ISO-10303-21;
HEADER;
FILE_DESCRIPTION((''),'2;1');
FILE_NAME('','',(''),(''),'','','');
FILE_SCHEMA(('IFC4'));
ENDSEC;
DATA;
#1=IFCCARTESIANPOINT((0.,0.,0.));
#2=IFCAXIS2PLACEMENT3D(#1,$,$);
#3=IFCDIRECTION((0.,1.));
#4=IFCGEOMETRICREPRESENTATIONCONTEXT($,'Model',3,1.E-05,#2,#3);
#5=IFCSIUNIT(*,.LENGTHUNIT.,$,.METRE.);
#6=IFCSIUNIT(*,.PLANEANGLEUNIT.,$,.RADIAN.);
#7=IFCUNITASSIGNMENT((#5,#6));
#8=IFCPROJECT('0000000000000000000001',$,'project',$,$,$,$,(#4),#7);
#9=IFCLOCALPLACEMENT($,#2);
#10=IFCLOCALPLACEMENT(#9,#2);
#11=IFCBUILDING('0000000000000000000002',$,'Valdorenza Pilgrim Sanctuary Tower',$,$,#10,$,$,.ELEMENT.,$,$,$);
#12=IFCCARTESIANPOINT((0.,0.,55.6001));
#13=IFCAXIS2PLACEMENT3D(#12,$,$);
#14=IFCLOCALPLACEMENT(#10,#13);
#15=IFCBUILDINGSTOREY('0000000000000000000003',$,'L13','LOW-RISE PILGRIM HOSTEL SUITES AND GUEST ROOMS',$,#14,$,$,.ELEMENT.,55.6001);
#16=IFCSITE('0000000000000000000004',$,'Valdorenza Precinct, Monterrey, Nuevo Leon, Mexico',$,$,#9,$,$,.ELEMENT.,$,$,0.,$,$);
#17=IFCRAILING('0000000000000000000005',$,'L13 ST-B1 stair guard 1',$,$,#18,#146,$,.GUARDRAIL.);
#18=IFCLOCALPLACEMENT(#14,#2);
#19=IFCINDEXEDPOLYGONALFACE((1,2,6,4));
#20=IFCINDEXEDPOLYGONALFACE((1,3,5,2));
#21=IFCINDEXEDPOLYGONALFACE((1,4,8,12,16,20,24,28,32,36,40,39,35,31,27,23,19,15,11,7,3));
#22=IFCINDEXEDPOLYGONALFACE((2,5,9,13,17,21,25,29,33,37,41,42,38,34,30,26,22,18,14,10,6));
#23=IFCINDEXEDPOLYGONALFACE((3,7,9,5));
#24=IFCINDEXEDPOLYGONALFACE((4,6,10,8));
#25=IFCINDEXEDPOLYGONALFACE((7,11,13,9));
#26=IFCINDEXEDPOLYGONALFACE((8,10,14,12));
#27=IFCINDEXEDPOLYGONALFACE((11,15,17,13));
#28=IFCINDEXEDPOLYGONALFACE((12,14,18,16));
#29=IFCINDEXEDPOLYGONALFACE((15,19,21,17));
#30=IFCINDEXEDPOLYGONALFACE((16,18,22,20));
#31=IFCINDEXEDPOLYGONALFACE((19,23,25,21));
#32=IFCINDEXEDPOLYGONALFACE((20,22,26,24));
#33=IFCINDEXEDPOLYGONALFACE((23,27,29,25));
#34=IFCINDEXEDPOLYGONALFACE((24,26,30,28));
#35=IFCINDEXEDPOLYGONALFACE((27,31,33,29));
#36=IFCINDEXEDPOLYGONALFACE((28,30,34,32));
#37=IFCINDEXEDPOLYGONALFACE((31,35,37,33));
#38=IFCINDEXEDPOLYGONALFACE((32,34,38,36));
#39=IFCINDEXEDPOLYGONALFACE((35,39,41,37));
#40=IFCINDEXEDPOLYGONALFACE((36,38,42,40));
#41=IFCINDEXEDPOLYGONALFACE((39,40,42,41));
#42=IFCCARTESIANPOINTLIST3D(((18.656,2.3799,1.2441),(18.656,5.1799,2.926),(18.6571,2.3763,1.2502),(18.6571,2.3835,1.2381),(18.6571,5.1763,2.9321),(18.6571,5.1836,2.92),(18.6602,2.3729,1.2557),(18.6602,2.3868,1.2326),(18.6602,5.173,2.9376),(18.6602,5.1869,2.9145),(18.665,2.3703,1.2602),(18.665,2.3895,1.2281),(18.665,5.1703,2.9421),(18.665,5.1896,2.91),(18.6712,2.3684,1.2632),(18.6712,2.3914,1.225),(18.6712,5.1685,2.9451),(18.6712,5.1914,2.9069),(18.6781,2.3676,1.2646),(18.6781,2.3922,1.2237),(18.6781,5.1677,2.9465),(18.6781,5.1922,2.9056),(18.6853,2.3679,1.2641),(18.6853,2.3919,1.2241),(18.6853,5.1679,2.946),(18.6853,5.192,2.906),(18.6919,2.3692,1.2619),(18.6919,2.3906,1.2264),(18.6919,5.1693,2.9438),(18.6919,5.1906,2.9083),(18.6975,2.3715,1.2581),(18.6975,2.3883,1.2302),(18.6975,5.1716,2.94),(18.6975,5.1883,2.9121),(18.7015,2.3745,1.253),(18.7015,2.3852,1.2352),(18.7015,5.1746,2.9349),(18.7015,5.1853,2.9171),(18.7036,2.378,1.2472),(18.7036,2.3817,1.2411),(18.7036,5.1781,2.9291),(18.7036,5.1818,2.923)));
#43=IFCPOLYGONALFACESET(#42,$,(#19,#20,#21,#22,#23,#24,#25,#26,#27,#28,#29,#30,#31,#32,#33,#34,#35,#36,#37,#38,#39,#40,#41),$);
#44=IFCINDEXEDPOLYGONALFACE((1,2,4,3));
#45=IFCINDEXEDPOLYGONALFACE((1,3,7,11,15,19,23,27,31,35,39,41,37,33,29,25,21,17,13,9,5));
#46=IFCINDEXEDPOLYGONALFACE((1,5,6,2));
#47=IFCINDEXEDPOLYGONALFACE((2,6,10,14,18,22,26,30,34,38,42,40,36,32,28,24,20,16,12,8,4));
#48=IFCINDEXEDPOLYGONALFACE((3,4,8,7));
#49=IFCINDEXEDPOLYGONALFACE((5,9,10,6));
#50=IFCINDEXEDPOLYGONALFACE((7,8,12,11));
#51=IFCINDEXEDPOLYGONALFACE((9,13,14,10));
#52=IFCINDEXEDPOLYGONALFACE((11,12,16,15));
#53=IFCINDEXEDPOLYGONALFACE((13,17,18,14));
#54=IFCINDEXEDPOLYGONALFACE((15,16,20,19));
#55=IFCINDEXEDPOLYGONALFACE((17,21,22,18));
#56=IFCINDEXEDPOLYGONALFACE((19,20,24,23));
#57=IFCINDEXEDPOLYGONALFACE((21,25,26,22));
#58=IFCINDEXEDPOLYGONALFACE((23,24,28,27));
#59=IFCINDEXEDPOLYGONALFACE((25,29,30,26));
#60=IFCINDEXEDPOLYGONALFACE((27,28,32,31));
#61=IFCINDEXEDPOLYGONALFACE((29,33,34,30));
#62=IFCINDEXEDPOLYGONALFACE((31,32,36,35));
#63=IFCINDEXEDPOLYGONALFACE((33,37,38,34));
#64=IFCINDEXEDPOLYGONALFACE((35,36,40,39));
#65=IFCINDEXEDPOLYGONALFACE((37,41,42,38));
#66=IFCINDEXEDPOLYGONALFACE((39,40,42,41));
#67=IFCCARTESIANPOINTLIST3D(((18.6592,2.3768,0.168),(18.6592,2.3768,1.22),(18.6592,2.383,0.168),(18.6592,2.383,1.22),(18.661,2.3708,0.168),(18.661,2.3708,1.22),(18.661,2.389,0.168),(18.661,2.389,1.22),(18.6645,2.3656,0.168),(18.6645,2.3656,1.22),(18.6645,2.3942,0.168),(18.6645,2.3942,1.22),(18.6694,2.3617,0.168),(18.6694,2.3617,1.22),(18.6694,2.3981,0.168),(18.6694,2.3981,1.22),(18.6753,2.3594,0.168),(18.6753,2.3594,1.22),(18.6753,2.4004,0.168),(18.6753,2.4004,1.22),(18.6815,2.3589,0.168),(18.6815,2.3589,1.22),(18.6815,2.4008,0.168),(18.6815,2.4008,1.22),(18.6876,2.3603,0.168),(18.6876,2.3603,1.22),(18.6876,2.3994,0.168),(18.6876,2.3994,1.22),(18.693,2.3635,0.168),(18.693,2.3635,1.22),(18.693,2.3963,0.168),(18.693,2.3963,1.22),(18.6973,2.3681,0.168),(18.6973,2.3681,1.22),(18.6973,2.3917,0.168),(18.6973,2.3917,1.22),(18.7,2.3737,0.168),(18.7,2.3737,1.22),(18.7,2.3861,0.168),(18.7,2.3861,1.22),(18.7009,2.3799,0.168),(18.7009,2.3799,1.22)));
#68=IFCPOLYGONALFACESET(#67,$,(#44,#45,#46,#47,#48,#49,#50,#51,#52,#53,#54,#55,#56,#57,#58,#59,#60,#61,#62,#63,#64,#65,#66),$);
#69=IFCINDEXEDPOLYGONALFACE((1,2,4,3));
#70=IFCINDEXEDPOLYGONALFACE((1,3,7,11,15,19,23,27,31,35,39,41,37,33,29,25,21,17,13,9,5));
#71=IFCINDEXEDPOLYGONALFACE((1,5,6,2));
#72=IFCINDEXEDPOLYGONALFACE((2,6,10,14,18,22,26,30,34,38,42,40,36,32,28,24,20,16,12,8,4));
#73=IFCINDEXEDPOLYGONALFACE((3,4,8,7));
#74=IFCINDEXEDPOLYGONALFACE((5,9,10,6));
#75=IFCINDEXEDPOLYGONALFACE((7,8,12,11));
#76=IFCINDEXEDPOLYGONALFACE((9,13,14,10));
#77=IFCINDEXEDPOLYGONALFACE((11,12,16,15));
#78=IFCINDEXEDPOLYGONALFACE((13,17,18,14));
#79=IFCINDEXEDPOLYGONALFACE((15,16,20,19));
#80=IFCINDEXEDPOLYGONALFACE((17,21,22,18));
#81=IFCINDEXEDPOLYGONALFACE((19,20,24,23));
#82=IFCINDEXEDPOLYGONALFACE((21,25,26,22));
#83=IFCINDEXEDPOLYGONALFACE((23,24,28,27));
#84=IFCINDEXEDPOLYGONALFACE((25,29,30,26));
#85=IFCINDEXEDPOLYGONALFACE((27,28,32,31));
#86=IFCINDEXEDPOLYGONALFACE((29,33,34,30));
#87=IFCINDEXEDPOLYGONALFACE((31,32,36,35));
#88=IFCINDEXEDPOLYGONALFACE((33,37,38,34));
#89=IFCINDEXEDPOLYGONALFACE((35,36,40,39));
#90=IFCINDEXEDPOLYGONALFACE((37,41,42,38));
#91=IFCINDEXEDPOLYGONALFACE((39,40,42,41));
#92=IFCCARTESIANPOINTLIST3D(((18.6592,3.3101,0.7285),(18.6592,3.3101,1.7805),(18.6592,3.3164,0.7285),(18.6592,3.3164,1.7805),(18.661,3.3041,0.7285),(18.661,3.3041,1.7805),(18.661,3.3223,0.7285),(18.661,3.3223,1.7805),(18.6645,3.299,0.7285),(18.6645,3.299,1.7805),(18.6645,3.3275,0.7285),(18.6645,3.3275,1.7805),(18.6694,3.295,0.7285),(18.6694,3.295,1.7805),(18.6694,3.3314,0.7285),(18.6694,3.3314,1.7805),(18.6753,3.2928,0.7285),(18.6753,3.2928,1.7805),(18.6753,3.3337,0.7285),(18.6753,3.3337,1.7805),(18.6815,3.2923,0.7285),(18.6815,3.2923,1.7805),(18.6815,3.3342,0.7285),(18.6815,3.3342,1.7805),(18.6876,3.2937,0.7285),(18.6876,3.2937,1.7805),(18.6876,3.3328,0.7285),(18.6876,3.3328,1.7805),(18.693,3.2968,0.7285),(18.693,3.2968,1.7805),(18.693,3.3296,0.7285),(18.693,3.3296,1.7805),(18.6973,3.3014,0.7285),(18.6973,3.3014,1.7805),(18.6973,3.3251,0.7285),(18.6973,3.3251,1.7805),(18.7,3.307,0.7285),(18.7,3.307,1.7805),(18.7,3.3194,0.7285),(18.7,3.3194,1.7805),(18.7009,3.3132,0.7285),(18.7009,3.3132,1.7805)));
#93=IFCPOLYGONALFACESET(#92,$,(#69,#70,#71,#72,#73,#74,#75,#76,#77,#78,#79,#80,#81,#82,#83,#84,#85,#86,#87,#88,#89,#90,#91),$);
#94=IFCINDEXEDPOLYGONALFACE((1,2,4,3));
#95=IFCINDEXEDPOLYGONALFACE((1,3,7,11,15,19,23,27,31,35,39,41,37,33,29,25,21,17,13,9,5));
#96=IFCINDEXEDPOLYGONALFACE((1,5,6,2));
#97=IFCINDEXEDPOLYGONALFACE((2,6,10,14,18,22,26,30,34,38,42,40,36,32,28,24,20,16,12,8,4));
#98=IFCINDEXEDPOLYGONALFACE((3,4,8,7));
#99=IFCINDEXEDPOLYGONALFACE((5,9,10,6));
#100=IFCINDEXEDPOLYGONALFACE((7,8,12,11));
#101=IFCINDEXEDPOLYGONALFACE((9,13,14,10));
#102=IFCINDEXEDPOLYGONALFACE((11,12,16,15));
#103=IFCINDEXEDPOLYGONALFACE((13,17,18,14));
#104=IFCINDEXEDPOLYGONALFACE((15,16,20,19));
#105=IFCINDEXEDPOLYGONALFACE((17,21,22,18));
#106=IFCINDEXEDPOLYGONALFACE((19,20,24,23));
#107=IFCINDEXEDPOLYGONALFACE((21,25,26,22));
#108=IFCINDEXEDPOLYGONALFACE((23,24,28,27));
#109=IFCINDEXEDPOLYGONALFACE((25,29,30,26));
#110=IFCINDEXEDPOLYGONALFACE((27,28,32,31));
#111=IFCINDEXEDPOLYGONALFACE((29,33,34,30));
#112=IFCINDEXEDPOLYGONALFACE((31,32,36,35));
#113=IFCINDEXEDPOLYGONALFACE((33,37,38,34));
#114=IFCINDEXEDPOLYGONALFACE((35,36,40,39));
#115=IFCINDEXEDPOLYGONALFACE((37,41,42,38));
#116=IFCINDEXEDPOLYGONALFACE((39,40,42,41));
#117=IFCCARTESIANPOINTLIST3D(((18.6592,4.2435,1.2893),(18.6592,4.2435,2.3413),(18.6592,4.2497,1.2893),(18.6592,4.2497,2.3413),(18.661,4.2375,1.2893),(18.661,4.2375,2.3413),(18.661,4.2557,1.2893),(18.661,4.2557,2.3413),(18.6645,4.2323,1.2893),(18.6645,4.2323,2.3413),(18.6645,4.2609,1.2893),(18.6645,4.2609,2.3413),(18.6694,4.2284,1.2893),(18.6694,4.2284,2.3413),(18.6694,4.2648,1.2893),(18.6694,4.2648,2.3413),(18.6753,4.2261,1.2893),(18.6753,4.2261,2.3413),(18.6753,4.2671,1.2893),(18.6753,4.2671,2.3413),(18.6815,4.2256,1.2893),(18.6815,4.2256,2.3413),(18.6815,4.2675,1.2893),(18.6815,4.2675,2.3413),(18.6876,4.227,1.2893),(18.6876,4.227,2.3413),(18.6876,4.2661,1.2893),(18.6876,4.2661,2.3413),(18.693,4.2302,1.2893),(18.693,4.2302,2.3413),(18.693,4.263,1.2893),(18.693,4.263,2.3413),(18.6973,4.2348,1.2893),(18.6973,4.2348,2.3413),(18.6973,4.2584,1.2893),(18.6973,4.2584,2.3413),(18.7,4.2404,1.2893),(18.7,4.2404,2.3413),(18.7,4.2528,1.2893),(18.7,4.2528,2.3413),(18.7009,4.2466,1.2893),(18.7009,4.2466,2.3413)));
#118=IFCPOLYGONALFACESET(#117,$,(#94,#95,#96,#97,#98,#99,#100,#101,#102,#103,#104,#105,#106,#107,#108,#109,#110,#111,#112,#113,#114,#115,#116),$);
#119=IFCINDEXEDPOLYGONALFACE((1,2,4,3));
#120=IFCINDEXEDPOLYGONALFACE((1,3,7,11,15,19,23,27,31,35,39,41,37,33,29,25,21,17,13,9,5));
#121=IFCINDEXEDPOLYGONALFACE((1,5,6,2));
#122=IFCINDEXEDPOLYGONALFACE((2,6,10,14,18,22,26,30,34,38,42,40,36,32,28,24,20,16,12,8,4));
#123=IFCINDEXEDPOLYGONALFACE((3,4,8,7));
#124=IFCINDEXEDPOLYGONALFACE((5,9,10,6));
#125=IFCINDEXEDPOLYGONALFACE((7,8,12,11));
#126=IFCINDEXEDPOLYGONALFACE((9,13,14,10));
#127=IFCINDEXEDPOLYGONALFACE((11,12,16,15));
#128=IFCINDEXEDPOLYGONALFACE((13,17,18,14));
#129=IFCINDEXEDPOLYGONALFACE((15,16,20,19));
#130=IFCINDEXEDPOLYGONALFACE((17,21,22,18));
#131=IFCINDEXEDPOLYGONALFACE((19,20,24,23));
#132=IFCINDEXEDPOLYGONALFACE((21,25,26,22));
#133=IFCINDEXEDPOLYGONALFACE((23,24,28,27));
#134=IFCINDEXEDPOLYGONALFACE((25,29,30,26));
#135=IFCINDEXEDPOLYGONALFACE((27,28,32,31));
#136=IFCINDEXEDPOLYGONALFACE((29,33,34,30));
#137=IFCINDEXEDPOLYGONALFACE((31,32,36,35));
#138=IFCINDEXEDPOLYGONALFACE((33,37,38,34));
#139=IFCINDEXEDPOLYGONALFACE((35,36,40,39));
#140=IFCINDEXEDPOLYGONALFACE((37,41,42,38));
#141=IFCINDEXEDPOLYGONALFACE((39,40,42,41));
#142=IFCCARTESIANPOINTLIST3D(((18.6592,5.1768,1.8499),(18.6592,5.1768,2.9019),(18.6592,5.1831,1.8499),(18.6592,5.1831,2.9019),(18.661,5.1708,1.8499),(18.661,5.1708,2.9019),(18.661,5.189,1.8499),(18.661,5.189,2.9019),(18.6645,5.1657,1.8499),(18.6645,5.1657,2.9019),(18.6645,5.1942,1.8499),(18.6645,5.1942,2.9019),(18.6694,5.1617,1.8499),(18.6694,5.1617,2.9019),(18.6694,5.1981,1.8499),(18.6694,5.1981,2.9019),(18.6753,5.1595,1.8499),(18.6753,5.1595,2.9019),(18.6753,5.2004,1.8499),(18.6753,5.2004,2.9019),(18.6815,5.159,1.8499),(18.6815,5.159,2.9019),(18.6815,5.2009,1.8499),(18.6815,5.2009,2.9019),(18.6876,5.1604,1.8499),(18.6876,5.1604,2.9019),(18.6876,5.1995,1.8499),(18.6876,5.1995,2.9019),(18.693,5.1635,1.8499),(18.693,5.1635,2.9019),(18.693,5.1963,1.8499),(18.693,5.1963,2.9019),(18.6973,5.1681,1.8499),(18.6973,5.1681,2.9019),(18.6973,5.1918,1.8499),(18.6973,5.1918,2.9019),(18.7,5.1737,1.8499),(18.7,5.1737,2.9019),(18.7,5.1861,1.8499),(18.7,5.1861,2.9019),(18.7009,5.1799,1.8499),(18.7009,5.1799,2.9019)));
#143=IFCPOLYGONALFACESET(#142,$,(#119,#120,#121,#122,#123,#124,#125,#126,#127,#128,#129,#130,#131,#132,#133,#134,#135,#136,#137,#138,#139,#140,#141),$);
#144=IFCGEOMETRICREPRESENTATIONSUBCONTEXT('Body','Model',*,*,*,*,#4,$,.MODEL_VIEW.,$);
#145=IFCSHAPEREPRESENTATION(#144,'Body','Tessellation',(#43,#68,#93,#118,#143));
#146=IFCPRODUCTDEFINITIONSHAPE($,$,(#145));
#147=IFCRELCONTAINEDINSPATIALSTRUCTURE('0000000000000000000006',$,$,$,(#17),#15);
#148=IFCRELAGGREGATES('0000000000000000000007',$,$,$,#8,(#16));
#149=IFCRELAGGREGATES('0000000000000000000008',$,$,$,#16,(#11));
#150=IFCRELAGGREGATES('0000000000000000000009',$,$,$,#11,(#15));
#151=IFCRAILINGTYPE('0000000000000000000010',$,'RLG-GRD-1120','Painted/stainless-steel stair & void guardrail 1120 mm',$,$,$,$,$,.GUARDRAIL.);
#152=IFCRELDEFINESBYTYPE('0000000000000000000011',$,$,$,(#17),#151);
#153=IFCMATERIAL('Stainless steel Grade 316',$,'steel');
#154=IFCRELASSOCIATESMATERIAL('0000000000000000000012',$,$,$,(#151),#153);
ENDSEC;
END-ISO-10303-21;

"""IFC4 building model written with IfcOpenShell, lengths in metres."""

from ifc_helpers import new_model, si_unit, direction, frame, origin, origin_2d, place, context, subcontext, project, spatial, circle, extrude, material, type_object, element, save


model = new_model("IFC4")

# Units and contexts
model_context = context("Model", 3, precision=1e-05, world=origin(), true_north=direction((0.0, 1.0)))
body_context = subcontext(model_context, "Body", "Model", "MODEL_VIEW")
ifc_project = project(units=[si_unit("LENGTHUNIT", "METRE"), si_unit("PLANEANGLEUNIT", "RADIAN")], contexts=[model_context])

# Site, building, storey
site_placement = place(None, origin())
site = spatial("IfcSite", under=ifc_project, at=site_placement, Name="Valdorenza Precinct, Monterrey, Nuevo Leon, Mexico", CompositionType="ELEMENT", RefElevation=0.0)
building_placement = place(site_placement, origin())
building = spatial("IfcBuilding", under=site, at=building_placement, Name="Valdorenza Pilgrim Sanctuary Tower", CompositionType="ELEMENT")
storey_placement = place(building_placement, frame((0.0, 0.0, 55.6001)))
storey = spatial("IfcBuildingStorey", under=building, at=storey_placement, Name="L13", Description="LOW-RISE PILGRIM HOSTEL SUITES AND GUEST ROOMS", CompositionType="ELEMENT", Elevation=55.6001)

# Railing
ifc_material_1 = material(Name="Stainless steel Grade 316", Category="steel")
railing_type_1 = type_object("IfcRailingType", Name="RLG-GRD-1120", Description="Painted/stainless-steel stair & void guardrail 1120 mm", PredefinedType="GUARDRAIL", material=ifc_material_1)
railing_1_placement = place(storey_placement, frame((18.6799, 2.3799, 0.168)))
element("IfcRailing", 1, at=railing_1_placement, inside=storey, type_object=railing_type_1, Name="L13 ST-B1 stair guard 1", PredefinedType="GUARDRAIL", context=body_context, shape_type="SweptSolid", body=[
    extrude(circle(Radius=0.0239, at=origin_2d()), frame((0.0, 0.0, 1.0762), z_axis=(0.0, 0.857242, 0.514913), x_axis=(-1.0, 0.0, 0.0)), (0.0, 0.0, 1.0), 3.2664),
    extrude(circle(Radius=0.021, at=origin_2d()), origin(), (0.0, 0.0, 1.0), 1.052),
    extrude(circle(Radius=0.021, at=origin_2d()), frame((0.0, 0.9333, 0.5605)), (0.0, 0.0, 1.0), 1.052),
    extrude(circle(Radius=0.021, at=origin_2d()), frame((0.0, 1.8667, 1.1213)), (0.0, 0.0, 1.0), 1.052),
    extrude(circle(Radius=0.021, at=origin_2d()), frame((0.0, 2.8, 1.6819)), (0.0, 0.0, 1.0), 1.052),
])

save(model, "model.ifc")
